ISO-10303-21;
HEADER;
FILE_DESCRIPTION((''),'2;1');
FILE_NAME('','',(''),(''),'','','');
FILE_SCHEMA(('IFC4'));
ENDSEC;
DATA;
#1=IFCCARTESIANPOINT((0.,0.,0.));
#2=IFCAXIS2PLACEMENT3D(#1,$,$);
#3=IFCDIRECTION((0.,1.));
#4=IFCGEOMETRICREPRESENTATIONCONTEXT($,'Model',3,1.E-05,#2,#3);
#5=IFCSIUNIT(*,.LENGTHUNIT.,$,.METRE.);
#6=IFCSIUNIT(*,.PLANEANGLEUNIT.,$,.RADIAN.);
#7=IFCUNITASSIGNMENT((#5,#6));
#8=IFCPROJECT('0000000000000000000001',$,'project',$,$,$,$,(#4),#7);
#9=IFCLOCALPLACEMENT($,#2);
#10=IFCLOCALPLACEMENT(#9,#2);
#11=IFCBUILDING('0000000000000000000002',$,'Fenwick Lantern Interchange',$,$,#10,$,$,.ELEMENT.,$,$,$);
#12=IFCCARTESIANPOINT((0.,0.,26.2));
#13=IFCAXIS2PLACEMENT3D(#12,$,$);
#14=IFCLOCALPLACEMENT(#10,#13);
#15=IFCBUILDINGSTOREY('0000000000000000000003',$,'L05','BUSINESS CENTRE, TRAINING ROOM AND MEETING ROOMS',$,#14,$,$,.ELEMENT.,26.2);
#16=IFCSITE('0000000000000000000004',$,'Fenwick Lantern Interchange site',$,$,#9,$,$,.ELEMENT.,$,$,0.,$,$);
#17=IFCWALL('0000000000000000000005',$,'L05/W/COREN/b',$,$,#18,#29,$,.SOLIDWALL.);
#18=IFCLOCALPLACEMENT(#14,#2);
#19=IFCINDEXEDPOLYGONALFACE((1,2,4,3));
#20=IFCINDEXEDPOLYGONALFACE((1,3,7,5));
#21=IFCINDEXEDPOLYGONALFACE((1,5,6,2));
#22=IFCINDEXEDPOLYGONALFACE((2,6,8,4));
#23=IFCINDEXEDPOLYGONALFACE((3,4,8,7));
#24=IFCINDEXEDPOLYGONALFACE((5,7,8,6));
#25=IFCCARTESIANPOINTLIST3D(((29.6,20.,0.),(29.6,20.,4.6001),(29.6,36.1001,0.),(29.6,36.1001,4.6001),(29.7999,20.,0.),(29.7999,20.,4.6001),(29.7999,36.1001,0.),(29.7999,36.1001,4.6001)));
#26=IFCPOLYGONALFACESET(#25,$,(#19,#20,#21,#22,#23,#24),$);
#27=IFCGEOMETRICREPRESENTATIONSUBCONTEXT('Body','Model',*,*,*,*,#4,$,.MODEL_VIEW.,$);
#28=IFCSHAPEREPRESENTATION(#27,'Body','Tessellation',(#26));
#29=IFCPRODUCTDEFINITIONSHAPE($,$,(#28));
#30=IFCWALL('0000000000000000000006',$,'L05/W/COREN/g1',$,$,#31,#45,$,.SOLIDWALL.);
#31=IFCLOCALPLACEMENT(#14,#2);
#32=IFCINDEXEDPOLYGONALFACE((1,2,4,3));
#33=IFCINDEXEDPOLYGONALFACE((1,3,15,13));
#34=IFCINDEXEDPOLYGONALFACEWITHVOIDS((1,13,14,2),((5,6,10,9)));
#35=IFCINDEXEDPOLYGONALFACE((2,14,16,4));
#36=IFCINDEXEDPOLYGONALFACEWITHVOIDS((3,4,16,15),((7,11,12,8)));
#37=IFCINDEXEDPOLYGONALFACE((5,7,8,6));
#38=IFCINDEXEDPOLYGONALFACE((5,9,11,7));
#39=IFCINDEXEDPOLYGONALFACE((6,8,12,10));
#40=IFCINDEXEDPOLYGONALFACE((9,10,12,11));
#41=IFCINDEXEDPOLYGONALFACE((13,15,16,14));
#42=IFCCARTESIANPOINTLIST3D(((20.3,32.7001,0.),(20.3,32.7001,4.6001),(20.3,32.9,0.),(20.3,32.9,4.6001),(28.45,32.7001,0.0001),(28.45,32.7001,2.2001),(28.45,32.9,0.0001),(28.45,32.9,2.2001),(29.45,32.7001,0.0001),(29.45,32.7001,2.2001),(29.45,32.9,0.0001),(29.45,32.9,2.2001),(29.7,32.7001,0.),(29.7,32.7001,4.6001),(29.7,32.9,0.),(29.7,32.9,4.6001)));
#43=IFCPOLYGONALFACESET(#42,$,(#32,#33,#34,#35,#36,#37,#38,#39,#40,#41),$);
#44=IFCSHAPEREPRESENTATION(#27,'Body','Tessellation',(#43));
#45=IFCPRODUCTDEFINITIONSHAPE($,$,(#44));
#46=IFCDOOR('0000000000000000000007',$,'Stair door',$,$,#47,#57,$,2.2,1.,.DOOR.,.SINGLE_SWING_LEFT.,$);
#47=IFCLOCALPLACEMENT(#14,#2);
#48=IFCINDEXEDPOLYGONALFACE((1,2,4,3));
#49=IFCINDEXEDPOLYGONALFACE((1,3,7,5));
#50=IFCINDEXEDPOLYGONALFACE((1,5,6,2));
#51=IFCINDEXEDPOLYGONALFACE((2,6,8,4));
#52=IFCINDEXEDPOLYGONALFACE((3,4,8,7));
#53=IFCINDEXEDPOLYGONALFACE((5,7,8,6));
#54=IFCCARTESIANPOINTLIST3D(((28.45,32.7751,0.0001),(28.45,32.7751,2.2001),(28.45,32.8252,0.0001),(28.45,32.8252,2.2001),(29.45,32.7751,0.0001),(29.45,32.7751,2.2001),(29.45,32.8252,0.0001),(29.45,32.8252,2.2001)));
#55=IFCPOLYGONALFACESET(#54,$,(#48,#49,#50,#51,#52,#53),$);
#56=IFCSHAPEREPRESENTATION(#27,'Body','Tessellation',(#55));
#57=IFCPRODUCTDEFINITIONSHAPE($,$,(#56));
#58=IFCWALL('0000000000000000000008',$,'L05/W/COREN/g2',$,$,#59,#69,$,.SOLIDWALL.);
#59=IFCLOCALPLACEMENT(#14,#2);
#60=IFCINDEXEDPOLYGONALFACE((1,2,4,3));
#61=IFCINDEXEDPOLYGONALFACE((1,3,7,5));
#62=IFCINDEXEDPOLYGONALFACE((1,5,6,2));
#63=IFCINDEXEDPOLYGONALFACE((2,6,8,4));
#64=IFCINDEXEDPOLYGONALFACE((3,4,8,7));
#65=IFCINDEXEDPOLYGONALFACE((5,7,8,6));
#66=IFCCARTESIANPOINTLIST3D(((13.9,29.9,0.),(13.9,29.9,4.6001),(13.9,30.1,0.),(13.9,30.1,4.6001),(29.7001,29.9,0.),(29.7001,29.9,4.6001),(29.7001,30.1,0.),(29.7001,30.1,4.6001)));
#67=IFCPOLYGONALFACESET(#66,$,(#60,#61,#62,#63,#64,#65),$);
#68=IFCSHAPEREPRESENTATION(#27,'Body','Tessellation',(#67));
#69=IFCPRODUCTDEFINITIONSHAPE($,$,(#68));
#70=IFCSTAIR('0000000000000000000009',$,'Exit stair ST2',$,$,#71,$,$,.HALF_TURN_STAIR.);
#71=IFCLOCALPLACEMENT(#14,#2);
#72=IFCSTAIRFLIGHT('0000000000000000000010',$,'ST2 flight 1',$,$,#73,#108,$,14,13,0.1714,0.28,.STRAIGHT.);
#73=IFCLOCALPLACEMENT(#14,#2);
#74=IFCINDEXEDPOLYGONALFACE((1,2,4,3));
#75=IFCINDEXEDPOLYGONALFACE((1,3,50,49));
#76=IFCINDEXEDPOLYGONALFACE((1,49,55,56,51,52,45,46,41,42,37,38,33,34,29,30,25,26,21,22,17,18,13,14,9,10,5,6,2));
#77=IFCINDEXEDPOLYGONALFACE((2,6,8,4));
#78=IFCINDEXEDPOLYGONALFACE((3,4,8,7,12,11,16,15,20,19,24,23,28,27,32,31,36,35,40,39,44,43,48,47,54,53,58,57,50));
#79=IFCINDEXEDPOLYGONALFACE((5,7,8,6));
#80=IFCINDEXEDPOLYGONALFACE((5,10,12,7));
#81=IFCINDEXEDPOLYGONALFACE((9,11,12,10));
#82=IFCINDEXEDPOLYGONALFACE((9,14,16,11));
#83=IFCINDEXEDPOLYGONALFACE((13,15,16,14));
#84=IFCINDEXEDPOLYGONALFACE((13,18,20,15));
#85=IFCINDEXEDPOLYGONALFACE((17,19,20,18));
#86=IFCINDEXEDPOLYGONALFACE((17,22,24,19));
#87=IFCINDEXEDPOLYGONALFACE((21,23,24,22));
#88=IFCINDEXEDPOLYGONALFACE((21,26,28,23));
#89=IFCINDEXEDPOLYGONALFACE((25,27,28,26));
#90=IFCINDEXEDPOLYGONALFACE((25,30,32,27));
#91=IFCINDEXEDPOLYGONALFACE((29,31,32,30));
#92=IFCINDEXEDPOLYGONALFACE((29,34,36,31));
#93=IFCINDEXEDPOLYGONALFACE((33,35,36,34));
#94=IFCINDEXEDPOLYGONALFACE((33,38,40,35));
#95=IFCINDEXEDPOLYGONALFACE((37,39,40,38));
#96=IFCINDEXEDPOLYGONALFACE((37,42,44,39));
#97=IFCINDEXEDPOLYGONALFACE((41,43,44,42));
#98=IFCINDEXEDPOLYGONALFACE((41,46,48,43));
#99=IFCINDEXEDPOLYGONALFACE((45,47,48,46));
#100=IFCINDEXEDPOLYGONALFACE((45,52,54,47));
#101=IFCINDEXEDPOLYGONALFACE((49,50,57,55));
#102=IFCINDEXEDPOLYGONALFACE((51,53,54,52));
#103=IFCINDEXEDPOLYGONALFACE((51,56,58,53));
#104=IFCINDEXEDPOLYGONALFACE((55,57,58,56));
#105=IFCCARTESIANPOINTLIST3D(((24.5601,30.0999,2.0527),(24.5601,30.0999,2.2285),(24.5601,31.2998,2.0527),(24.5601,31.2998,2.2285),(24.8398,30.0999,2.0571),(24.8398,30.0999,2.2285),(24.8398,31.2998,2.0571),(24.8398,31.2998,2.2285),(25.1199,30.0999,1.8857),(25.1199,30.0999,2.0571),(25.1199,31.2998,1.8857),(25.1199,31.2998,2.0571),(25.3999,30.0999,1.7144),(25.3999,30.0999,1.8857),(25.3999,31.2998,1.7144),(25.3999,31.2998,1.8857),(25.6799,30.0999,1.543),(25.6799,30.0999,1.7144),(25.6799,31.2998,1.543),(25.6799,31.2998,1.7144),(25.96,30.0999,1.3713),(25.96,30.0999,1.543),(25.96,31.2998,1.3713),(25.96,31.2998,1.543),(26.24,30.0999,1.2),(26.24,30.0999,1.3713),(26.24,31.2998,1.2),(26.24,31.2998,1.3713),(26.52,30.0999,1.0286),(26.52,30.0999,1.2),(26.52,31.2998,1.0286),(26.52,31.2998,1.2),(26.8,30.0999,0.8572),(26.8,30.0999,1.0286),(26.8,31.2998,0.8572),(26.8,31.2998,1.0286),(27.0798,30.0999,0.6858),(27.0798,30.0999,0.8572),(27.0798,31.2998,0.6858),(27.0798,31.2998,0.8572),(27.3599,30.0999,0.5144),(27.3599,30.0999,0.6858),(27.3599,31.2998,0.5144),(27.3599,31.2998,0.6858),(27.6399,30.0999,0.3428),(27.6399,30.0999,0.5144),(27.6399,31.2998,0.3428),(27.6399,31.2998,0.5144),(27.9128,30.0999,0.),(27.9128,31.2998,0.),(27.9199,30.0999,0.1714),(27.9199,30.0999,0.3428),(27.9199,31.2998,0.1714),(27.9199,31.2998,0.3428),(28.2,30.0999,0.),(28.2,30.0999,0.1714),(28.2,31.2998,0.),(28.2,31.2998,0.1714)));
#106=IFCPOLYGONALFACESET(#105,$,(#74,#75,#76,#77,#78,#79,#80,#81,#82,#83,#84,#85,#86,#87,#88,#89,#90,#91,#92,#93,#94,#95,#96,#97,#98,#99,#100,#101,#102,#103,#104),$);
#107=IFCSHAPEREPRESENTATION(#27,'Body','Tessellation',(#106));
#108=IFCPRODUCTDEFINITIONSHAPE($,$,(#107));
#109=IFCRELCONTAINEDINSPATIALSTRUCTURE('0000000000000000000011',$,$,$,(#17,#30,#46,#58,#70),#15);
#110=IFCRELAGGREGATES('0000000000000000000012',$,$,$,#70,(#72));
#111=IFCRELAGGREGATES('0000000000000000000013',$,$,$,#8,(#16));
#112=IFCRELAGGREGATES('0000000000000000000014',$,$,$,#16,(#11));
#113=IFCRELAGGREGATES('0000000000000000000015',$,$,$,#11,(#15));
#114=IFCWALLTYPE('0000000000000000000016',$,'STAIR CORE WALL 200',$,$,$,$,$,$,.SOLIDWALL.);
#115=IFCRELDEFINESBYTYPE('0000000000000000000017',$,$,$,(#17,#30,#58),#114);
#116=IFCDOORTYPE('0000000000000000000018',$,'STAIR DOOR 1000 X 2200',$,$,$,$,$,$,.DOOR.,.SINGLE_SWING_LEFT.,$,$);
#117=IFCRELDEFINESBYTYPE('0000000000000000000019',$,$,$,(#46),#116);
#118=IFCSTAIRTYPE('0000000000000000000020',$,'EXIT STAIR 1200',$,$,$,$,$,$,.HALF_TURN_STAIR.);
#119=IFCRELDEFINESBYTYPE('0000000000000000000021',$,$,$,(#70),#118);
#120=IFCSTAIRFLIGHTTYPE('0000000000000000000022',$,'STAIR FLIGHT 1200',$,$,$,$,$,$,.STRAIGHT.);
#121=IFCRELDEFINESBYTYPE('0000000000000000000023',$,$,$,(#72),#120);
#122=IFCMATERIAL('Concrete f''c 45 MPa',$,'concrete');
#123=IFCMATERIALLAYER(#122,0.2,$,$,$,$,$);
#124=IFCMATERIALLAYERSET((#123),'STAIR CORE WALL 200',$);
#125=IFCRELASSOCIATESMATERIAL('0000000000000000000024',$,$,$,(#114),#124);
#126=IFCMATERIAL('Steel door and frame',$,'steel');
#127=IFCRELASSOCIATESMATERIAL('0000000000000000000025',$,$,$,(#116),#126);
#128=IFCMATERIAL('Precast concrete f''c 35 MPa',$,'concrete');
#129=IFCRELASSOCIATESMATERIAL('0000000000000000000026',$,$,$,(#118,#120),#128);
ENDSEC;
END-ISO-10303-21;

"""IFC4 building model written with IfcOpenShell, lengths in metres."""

from ifc_helpers import new_model, si_unit, direction, frame, frame_2d, origin, place, context, subcontext, project, spatial, polyline, rectangle, outline, extrude, material, layer, layer_set, type_object, element, fill, aggregate, save


model = new_model("IFC4")

# Units and contexts
model_context = context("Model", 3, precision=1e-05, world=origin(), true_north=direction((0.0, 1.0)))
body_context = subcontext(model_context, "Body", "Model", "MODEL_VIEW")
ifc_project = project(units=[si_unit("LENGTHUNIT", "METRE"), si_unit("PLANEANGLEUNIT", "RADIAN")], contexts=[model_context])

# Site, building, storey
site_placement = place(None, origin())
site = spatial("IfcSite", under=ifc_project, at=site_placement, Name="Fenwick Lantern Interchange site", CompositionType="ELEMENT", RefElevation=0.0)
building_placement = place(site_placement, origin())
building = spatial("IfcBuilding", under=site, at=building_placement, Name="Fenwick Lantern Interchange", CompositionType="ELEMENT")
storey_placement = place(building_placement, frame((0.0, 0.0, 26.2)))
storey = spatial("IfcBuildingStorey", under=building, at=storey_placement, Name="L05", Description="BUSINESS CENTRE, TRAINING ROOM AND MEETING ROOMS", CompositionType="ELEMENT", Elevation=26.2)

# Shared definitions
ifc_material_1 = material(Name="Steel door and frame", Category="steel")

# Wall
ifc_material_2 = material(Name="Concrete f'c 45 MPa", Category="concrete")
ifc_layer_1 = layer(ifc_material_2, 0.2)
ifc_layer_set_1 = layer_set([ifc_layer_1], Name="STAIR CORE WALL 200")
wall_type_1 = type_object("IfcWallType", Name="STAIR CORE WALL 200", PredefinedType="SOLIDWALL", material=ifc_layer_set_1)
wall_1_placement = place(storey_placement, frame((29.7, 36.1001, 0.0), z_axis=(0.0, 0.0, 1.0), x_axis=(0.0, -1.0, 0.0)))
element("IfcWall", 1, at=wall_1_placement, inside=storey, type_object=wall_type_1, Name="L05/W/COREN/b", PredefinedType="SOLIDWALL", context=body_context, shape_type="SweptSolid", body=[
    extrude(rectangle(XDim=16.1001, YDim=0.2, at=frame_2d((8.05, 0.0))), origin(), (0.0, 0.0, 1.0), 4.6001),
])

# Wall, opening, door
wall_2_placement = place(storey_placement, frame((29.7, 32.8, 0.0), z_axis=(0.0, 0.0, 1.0), x_axis=(-1.0, 0.0, 0.0)))
wall_2 = element("IfcWall", 2, at=wall_2_placement, inside=storey, type_object=wall_type_1, Name="L05/W/COREN/g1", PredefinedType="SOLIDWALL", context=body_context, shape_type="SweptSolid", body=[
    extrude(rectangle(XDim=9.3999, YDim=0.2, at=frame_2d((4.7, 0.0))), origin(), (0.0, 0.0, 1.0), 4.6001),
])
opening_1_placement = place(wall_2_placement, frame((0.25, 0.0, 0.0)))
opening_1 = element("IfcOpeningElement", 3, at=opening_1_placement, cuts=wall_2, PredefinedType="OPENING", context=body_context, shape_type="SweptSolid", body=[
    extrude(rectangle(XDim=1.0, YDim=2.2, at=frame_2d((0.5, 1.1001))), frame((0.0, 0.1099, 0.0), z_axis=(0.0, -1.0, 0.0), x_axis=(1.0, 0.0, 0.0)), (0.0, 0.0, 1.0), 0.22),
])
door_type_1 = type_object("IfcDoorType", Name="STAIR DOOR 1000 X 2200", OperationType="SINGLE_SWING_LEFT", PredefinedType="DOOR", material=ifc_material_1)
door_1_placement = place(opening_1_placement, origin())
door_1 = element("IfcDoor", 4, at=door_1_placement, inside=storey, type_object=door_type_1, Name="Stair door", OperationType="SINGLE_SWING_LEFT", OverallHeight=2.2, OverallWidth=1.0, PredefinedType="DOOR", context=body_context, shape_type="SweptSolid", body=[
    extrude(rectangle(XDim=1.0, YDim=2.2, at=frame_2d((0.5, 1.1001))), frame((0.0, 0.0249, 0.0), z_axis=(0.0, -1.0, 0.0), x_axis=(1.0, 0.0, 0.0)), (0.0, 0.0, 1.0), 0.05),
])
fill(opening_1, door_1)

# Wall
wall_3_placement = place(storey_placement, frame((29.7, 30.0, 0.0), z_axis=(0.0, 0.0, 1.0), x_axis=(-1.0, 0.0, 0.0)))
element("IfcWall", 5, at=wall_3_placement, inside=storey, type_object=wall_type_1, Name="L05/W/COREN/g2", PredefinedType="SOLIDWALL", context=body_context, shape_type="SweptSolid", body=[
    extrude(rectangle(XDim=15.8, YDim=0.2, at=frame_2d((7.8999, 0.0))), origin(), (0.0, 0.0, 1.0), 4.6001),
])

# Stair, stair flight
ifc_material_3 = material(Name="Precast concrete f'c 35 MPa", Category="concrete")
stair_type = type_object("IfcStairType", Name="EXIT STAIR 1200", PredefinedType="HALF_TURN_STAIR", material=ifc_material_3)
stair_placement = place(storey_placement, origin())
stair = element("IfcStair", 6, at=stair_placement, inside=storey, type_object=stair_type, Name="Exit stair ST2", PredefinedType="HALF_TURN_STAIR")
stair_flight_type = type_object("IfcStairFlightType", Name="STAIR FLIGHT 1200", PredefinedType="STRAIGHT", material=ifc_material_3)
stair_flight_placement = place(storey_placement, frame((28.2, 30.7, 0.0), z_axis=(0.0, 0.0, 1.0), x_axis=(-1.0, 0.0, 0.0)))
stair_flight = element("IfcStairFlight", 7, at=stair_flight_placement, type_object=stair_flight_type, Name="ST2 flight 1", NumberOfRisers=14, NumberOfTreads=13, PredefinedType="STRAIGHT", RiserHeight=0.1714, TreadLength=0.28, context=body_context, shape_type="SweptSolid", body=[
    extrude(outline(polyline([(0.0, 0.0), (0.0, 0.1714), (0.28, 0.1714), (0.28, 0.3428), (0.5601, 0.3428), (0.5601, 0.5144), (0.8401, 0.5144), (0.8401, 0.6858), (1.1201, 0.6858), (1.1201, 0.8572), (1.3999, 0.8572), (1.3999, 1.0286), (1.6799, 1.0286), (1.6799, 1.2), (1.96, 1.2), (1.96, 1.3713), (2.24, 1.3713), (2.24, 1.543), (2.52, 1.543), (2.52, 1.7144), (2.8, 1.7144), (2.8, 1.8857), (3.0801, 1.8857), (3.0801, 2.0571), (3.3601, 2.0571), (3.3601, 2.2285), (3.6399, 2.2285), (3.6399, 2.3999), (3.6399, 2.0527), (0.2871, 0.0), (0.0, 0.0)])), frame((0.0, 0.6001, 0.0), z_axis=(0.0, -1.0, 0.0), x_axis=(1.0, 0.0, 0.0)), (0.0, 0.0, 1.0), 1.2),
])
aggregate(stair, [stair_flight])

save(model, "model.ifc")
